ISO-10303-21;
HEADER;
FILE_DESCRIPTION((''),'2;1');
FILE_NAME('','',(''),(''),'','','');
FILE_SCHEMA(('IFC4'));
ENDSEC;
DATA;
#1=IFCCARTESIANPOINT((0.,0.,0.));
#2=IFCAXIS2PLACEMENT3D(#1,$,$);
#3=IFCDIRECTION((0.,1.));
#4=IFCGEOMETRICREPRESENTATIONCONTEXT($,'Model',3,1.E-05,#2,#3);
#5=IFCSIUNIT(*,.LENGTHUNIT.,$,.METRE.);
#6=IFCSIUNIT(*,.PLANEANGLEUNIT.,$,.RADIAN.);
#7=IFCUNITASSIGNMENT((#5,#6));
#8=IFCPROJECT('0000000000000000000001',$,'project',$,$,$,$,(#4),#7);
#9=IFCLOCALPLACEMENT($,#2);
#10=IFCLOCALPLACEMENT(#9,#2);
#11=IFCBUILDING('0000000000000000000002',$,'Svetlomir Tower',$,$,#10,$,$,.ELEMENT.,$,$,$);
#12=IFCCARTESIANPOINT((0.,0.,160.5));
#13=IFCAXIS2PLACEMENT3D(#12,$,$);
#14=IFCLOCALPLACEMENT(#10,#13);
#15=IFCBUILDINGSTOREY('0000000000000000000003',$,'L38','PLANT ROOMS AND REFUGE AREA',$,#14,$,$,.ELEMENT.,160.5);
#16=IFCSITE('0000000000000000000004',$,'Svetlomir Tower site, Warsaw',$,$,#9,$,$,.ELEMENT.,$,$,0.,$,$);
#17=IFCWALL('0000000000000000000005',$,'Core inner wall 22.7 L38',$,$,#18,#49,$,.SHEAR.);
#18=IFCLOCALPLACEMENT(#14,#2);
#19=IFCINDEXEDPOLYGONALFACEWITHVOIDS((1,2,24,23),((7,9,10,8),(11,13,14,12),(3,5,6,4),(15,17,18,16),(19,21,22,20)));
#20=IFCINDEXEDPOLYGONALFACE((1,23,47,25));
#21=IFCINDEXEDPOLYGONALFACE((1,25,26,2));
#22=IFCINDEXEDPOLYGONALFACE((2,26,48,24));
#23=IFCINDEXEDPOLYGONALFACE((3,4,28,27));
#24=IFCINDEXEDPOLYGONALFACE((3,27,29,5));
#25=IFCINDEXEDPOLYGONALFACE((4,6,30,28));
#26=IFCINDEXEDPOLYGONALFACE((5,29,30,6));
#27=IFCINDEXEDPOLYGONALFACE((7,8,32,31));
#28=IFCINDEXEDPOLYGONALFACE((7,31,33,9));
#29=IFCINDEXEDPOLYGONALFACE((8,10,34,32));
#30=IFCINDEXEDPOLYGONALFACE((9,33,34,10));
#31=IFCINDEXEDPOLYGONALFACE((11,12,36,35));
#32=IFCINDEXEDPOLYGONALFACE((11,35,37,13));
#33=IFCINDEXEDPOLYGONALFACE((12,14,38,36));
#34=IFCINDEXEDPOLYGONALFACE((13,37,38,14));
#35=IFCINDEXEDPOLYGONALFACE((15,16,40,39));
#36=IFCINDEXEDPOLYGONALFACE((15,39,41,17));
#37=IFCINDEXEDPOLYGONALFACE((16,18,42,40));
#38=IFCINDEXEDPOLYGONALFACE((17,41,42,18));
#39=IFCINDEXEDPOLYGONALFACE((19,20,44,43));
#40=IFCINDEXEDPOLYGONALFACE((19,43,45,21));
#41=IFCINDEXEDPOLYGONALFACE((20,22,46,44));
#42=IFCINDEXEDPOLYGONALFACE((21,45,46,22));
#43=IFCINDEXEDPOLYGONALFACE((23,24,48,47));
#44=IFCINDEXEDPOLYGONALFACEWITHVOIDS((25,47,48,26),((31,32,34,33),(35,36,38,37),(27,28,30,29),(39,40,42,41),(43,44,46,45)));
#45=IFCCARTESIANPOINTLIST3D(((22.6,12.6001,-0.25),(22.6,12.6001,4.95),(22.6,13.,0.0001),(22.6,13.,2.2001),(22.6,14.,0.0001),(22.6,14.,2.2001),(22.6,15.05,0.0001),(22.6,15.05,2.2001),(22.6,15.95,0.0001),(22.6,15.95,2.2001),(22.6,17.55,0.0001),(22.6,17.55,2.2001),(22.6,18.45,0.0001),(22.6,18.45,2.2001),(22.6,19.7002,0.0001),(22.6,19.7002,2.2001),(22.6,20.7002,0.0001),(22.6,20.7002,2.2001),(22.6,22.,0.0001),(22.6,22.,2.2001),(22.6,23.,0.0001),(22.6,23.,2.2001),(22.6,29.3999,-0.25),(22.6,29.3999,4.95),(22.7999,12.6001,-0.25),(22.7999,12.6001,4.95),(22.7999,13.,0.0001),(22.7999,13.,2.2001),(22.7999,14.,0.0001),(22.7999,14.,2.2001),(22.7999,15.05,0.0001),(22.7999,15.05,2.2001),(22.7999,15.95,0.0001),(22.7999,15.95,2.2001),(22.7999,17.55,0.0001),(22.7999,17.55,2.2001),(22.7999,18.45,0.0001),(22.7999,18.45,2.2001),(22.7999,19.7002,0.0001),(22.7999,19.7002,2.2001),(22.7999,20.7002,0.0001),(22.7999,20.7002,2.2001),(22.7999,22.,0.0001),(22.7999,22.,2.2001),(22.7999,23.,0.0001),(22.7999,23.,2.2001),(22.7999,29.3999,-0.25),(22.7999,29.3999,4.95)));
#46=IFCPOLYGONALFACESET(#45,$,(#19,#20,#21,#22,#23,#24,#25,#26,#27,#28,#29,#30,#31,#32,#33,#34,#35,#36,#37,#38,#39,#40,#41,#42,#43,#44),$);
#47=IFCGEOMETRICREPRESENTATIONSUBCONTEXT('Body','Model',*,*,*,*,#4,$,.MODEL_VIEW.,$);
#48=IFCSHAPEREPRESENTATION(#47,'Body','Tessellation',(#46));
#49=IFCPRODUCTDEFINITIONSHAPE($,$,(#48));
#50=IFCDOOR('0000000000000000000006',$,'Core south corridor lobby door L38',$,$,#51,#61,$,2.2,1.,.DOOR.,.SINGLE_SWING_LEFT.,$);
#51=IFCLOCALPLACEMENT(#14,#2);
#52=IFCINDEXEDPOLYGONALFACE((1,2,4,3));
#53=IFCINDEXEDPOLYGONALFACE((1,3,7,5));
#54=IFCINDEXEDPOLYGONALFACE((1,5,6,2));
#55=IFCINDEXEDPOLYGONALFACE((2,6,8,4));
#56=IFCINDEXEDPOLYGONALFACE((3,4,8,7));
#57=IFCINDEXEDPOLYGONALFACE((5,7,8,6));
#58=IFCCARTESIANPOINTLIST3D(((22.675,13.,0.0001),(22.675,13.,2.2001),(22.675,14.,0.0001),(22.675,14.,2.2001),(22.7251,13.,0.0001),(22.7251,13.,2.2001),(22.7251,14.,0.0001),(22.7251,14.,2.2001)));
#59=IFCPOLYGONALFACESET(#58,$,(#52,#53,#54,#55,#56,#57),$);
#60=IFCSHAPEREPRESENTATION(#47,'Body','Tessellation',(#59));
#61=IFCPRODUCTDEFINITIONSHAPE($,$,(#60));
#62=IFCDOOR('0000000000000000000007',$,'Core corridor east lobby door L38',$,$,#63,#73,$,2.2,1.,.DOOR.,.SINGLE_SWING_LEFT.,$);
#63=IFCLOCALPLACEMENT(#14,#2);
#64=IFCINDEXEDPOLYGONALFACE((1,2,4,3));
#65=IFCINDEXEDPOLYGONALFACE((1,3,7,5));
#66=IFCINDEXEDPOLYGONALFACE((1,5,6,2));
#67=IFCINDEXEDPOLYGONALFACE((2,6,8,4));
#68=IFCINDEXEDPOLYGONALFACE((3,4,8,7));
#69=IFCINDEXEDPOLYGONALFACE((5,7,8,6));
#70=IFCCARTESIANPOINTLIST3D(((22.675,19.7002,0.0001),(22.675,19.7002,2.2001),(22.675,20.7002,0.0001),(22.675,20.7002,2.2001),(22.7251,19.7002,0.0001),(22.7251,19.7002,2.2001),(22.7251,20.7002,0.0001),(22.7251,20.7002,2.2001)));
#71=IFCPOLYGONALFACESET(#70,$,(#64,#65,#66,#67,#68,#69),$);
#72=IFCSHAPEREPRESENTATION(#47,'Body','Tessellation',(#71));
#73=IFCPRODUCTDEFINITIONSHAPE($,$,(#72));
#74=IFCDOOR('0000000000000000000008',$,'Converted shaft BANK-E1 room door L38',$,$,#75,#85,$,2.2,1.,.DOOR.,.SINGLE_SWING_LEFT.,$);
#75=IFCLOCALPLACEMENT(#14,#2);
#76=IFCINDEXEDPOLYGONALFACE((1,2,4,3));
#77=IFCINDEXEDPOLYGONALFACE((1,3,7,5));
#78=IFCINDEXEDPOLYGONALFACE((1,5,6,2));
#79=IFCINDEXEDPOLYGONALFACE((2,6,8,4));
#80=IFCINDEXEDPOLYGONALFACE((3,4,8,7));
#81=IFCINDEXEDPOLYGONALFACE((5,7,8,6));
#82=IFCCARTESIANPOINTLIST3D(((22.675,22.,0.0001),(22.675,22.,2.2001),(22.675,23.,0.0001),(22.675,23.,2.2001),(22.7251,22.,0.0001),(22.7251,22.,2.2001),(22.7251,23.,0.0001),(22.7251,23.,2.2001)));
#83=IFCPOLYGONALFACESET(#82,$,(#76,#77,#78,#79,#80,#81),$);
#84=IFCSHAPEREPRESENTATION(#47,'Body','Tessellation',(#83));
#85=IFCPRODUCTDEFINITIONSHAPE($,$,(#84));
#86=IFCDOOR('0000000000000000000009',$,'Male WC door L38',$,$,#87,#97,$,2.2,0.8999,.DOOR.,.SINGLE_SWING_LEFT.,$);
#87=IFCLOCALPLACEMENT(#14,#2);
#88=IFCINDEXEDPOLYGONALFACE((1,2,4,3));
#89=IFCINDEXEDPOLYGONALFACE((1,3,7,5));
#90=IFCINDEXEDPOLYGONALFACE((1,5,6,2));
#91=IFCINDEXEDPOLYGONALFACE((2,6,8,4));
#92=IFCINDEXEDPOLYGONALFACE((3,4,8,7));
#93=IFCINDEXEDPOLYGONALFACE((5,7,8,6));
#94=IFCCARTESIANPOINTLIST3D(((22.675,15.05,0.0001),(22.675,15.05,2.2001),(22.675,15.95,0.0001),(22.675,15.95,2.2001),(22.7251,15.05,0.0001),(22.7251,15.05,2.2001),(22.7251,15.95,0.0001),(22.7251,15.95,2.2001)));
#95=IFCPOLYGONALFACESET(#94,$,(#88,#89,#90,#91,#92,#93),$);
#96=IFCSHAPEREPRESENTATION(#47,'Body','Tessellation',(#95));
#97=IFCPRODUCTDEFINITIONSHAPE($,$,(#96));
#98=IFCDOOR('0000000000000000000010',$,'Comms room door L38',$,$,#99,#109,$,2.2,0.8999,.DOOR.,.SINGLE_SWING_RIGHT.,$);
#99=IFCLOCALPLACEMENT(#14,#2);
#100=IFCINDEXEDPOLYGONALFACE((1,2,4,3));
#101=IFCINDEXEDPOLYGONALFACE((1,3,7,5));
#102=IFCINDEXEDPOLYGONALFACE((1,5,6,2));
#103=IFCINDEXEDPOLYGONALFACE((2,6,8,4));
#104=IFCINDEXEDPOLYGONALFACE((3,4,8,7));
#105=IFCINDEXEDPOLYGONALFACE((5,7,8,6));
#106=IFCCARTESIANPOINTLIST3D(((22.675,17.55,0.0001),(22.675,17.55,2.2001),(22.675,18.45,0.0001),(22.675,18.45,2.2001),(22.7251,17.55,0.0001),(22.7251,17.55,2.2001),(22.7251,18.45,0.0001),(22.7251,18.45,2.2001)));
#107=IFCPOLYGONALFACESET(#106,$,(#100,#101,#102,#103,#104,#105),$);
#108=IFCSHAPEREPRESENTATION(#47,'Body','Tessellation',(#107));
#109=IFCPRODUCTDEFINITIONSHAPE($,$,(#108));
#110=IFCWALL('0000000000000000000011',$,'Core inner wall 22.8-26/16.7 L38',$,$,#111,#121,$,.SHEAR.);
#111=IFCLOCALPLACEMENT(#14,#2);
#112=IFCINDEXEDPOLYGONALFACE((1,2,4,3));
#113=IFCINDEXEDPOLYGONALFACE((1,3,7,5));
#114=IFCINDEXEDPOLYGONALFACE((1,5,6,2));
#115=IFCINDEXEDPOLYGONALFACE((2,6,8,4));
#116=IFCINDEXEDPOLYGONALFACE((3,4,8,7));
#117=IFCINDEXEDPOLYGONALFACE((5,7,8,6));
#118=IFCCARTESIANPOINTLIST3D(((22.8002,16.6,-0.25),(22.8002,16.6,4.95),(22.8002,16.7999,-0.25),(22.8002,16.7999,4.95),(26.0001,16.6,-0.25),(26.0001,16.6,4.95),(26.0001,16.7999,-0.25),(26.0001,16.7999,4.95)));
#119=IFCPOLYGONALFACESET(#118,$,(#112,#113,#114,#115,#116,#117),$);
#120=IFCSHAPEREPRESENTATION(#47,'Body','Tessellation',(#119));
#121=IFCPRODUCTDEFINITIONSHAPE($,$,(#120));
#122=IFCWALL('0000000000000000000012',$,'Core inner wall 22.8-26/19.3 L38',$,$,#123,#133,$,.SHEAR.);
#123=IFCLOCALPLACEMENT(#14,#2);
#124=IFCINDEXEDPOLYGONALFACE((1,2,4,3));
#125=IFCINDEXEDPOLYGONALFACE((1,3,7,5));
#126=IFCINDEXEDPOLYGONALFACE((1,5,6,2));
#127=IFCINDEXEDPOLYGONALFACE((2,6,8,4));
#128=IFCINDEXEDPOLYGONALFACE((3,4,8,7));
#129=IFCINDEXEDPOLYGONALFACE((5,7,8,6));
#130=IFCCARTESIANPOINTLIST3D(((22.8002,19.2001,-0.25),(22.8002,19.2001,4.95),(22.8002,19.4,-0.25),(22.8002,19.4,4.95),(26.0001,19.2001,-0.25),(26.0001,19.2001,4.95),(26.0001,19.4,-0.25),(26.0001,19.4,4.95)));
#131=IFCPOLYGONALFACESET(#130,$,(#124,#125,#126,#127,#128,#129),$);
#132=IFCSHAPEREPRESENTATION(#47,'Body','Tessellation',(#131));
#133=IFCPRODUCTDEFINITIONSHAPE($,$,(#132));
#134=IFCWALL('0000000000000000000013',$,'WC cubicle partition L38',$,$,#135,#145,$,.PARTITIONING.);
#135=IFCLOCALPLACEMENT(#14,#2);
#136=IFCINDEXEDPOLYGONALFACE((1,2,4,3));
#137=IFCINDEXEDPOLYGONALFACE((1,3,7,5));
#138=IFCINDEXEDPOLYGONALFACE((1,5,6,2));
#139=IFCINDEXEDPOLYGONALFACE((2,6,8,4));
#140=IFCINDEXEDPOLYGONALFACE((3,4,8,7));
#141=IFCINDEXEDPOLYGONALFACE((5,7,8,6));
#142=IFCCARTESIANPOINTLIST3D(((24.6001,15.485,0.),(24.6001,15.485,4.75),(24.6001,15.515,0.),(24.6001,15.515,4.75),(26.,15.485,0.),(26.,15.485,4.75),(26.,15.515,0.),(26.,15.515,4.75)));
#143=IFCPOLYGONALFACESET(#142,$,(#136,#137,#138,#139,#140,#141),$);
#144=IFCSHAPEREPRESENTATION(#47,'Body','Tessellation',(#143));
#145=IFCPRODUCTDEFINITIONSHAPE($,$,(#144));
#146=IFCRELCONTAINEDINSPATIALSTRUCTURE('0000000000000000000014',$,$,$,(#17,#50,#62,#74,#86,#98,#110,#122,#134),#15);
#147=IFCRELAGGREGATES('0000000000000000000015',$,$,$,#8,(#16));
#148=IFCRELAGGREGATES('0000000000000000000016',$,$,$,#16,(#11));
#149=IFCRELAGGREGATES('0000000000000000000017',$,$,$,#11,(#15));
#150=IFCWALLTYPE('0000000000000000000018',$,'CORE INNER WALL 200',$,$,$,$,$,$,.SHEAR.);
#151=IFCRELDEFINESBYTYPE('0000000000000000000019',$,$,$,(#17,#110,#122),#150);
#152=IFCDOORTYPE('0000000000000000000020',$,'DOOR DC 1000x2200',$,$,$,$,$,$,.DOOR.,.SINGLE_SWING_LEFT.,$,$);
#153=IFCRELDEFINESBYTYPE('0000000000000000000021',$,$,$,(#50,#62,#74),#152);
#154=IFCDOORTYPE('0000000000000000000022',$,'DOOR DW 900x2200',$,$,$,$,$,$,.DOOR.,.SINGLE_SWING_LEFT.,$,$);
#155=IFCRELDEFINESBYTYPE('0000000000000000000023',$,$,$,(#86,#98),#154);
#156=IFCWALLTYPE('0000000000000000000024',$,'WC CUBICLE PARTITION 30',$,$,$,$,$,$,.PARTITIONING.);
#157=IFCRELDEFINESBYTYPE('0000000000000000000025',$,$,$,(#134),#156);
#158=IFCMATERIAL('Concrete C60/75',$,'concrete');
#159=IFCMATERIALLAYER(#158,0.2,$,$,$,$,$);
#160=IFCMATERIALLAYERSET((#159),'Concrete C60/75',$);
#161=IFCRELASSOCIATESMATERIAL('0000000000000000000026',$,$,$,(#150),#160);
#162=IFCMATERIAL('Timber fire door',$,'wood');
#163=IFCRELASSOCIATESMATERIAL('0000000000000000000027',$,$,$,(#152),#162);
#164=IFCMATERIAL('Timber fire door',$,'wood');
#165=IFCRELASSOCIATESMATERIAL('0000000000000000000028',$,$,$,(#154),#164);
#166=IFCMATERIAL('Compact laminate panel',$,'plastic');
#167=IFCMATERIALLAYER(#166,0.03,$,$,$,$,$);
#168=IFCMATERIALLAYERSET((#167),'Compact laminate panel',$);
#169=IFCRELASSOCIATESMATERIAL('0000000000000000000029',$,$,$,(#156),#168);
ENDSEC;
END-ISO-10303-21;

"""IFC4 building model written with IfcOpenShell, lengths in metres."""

from ifc_helpers import new_model, si_unit, direction, frame, frame_2d, origin, place, context, subcontext, project, spatial, rectangle, extrude, material, layer, layer_set, type_object, element, fill, save


model = new_model("IFC4")

# Units and contexts
model_context = context("Model", 3, precision=1e-05, world=origin(), true_north=direction((0.0, 1.0)))
body_context = subcontext(model_context, "Body", "Model", "MODEL_VIEW")
ifc_project = project(units=[si_unit("LENGTHUNIT", "METRE"), si_unit("PLANEANGLEUNIT", "RADIAN")], contexts=[model_context])

# Site, building, storey
site_placement = place(None, origin())
site = spatial("IfcSite", under=ifc_project, at=site_placement, Name="Svetlomir Tower site, Warsaw", CompositionType="ELEMENT", RefElevation=0.0)
building_placement = place(site_placement, origin())
building = spatial("IfcBuilding", under=site, at=building_placement, Name="Svetlomir Tower", CompositionType="ELEMENT")
storey_placement = place(building_placement, frame((0.0, 0.0, 160.5)))
storey = spatial("IfcBuildingStorey", under=building, at=storey_placement, Name="L38", Description="PLANT ROOMS AND REFUGE AREA", CompositionType="ELEMENT", Elevation=160.5)

# Wall, openings, doors
ifc_material_1 = material(Name="Concrete C60/75", Category="concrete")
ifc_layer_1 = layer(ifc_material_1, 0.2)
ifc_layer_set_1 = layer_set([ifc_layer_1], Name="Concrete C60/75")
wall_type_1 = type_object("IfcWallType", Name="CORE INNER WALL 200", PredefinedType="SHEAR", material=ifc_layer_set_1)
ifc_material_2 = material(Name="Timber fire door", Category="wood")
door_type_1 = type_object("IfcDoorType", Name="DOOR DC 1000x2200", OperationType="SINGLE_SWING_LEFT", PredefinedType="DOOR", material=ifc_material_2)
ifc_material_3 = material(Name="Timber fire door", Category="wood")
door_type_2 = type_object("IfcDoorType", Name="DOOR DW 900x2200", OperationType="SINGLE_SWING_LEFT", PredefinedType="DOOR", material=ifc_material_3)
wall_1_placement = place(storey_placement, frame((22.7, 12.6001, -0.25), z_axis=(0.0, 0.0, 1.0), x_axis=(0.0, 1.0, 0.0)))
wall_1 = element("IfcWall", 1, at=wall_1_placement, inside=storey, type_object=wall_type_1, Name="Core inner wall 22.7 L38", PredefinedType="SHEAR", context=body_context, shape_type="SweptSolid", body=[
    extrude(rectangle(XDim=16.7998, YDim=0.2, at=frame_2d((8.3999, 0.0))), origin(), (0.0, 0.0, 1.0), 5.2),
])
opening_1_placement = place(wall_1_placement, frame((0.3999, 0.0, 0.25)))
opening_1 = element("IfcOpeningElement", 2, at=opening_1_placement, cuts=wall_1, PredefinedType="OPENING", context=body_context, shape_type="SweptSolid", body=[
    extrude(rectangle(XDim=1.0, YDim=2.2, at=frame_2d((0.5, 1.1001))), frame((0.0, 0.1099, 0.0), z_axis=(0.0, -1.0, 0.0), x_axis=(1.0, 0.0, 0.0)), (0.0, 0.0, 1.0), 0.22),
])
opening_2_placement = place(wall_1_placement, frame((7.1001, 0.0, 0.25)))
opening_2 = element("IfcOpeningElement", 3, at=opening_2_placement, cuts=wall_1, PredefinedType="OPENING", context=body_context, shape_type="SweptSolid", body=[
    extrude(rectangle(XDim=1.0, YDim=2.2, at=frame_2d((0.5, 1.1001))), frame((0.0, 0.1099, 0.0), z_axis=(0.0, -1.0, 0.0), x_axis=(1.0, 0.0, 0.0)), (0.0, 0.0, 1.0), 0.22),
])
opening_3_placement = place(wall_1_placement, frame((2.45, 0.0, 0.25)))
opening_3 = element("IfcOpeningElement", 4, at=opening_3_placement, cuts=wall_1, PredefinedType="OPENING", context=body_context, shape_type="SweptSolid", body=[
    extrude(rectangle(XDim=0.8999, YDim=2.2, at=frame_2d((0.45, 1.1001))), frame((0.0, 0.1099, 0.0), z_axis=(0.0, -1.0, 0.0), x_axis=(1.0, 0.0, 0.0)), (0.0, 0.0, 1.0), 0.22),
])
opening_4_placement = place(wall_1_placement, frame((4.95, 0.0, 0.25)))
opening_4 = element("IfcOpeningElement", 5, at=opening_4_placement, cuts=wall_1, PredefinedType="OPENING", context=body_context, shape_type="SweptSolid", body=[
    extrude(rectangle(XDim=0.8999, YDim=2.2, at=frame_2d((0.45, 1.1001))), frame((0.0, 0.1099, 0.0), z_axis=(0.0, -1.0, 0.0), x_axis=(1.0, 0.0, 0.0)), (0.0, 0.0, 1.0), 0.22),
])
opening_5_placement = place(wall_1_placement, frame((9.3999, 0.0, 0.25)))
opening_5 = element("IfcOpeningElement", 6, at=opening_5_placement, cuts=wall_1, PredefinedType="OPENING", context=body_context, shape_type="SweptSolid", body=[
    extrude(rectangle(XDim=1.0, YDim=2.2, at=frame_2d((0.5, 1.1001))), frame((0.0, 0.1099, 0.0), z_axis=(0.0, -1.0, 0.0), x_axis=(1.0, 0.0, 0.0)), (0.0, 0.0, 1.0), 0.22),
])
door_1_placement = place(opening_1_placement, origin())
door_1 = element("IfcDoor", 7, at=door_1_placement, inside=storey, type_object=door_type_1, Name="Core south corridor lobby door L38", OperationType="SINGLE_SWING_LEFT", OverallHeight=2.2, OverallWidth=1.0, PredefinedType="DOOR", context=body_context, shape_type="SweptSolid", body=[
    extrude(rectangle(XDim=1.0, YDim=2.2, at=frame_2d((0.5, 1.1001))), frame((0.0, 0.0249, 0.0), z_axis=(0.0, -1.0, 0.0), x_axis=(1.0, 0.0, 0.0)), (0.0, 0.0, 1.0), 0.05),
])
fill(opening_1, door_1)
door_2_placement = place(opening_2_placement, origin())
door_2 = element("IfcDoor", 8, at=door_2_placement, inside=storey, type_object=door_type_1, Name="Core corridor east lobby door L38", OperationType="SINGLE_SWING_LEFT", OverallHeight=2.2, OverallWidth=1.0, PredefinedType="DOOR", context=body_context, shape_type="SweptSolid", body=[
    extrude(rectangle(XDim=1.0, YDim=2.2, at=frame_2d((0.5, 1.1001))), frame((0.0, 0.0249, 0.0), z_axis=(0.0, -1.0, 0.0), x_axis=(1.0, 0.0, 0.0)), (0.0, 0.0, 1.0), 0.05),
])
fill(opening_2, door_2)
door_3_placement = place(opening_5_placement, origin())
door_3 = element("IfcDoor", 9, at=door_3_placement, inside=storey, type_object=door_type_1, Name="Converted shaft BANK-E1 room door L38", OperationType="SINGLE_SWING_LEFT", OverallHeight=2.2, OverallWidth=1.0, PredefinedType="DOOR", context=body_context, shape_type="SweptSolid", body=[
    extrude(rectangle(XDim=1.0, YDim=2.2, at=frame_2d((0.5, 1.1001))), frame((0.0, 0.0249, 0.0), z_axis=(0.0, -1.0, 0.0), x_axis=(1.0, 0.0, 0.0)), (0.0, 0.0, 1.0), 0.05),
])
fill(opening_5, door_3)
door_4_placement = place(opening_3_placement, origin())
door_4 = element("IfcDoor", 10, at=door_4_placement, inside=storey, type_object=door_type_2, Name="Male WC door L38", OperationType="SINGLE_SWING_LEFT", OverallHeight=2.2, OverallWidth=0.8999, PredefinedType="DOOR", context=body_context, shape_type="SweptSolid", body=[
    extrude(rectangle(XDim=0.8999, YDim=2.2, at=frame_2d((0.45, 1.1001))), frame((0.0, 0.0249, 0.0), z_axis=(0.0, -1.0, 0.0), x_axis=(1.0, 0.0, 0.0)), (0.0, 0.0, 1.0), 0.05),
])
fill(opening_3, door_4)
door_5_placement = place(opening_4_placement, origin())
door_5 = element("IfcDoor", 11, at=door_5_placement, inside=storey, type_object=door_type_2, Name="Comms room door L38", OperationType="SINGLE_SWING_RIGHT", OverallHeight=2.2, OverallWidth=0.8999, PredefinedType="DOOR", context=body_context, shape_type="SweptSolid", body=[
    extrude(rectangle(XDim=0.8999, YDim=2.2, at=frame_2d((0.45, 1.1001))), frame((0.0, 0.0249, 0.0), z_axis=(0.0, -1.0, 0.0), x_axis=(1.0, 0.0, 0.0)), (0.0, 0.0, 1.0), 0.05),
])
fill(opening_4, door_5)

# Walls
for number, where, z_axis, x_axis, name in (
    (12, (22.8, 16.7, -0.25), (0.0, 0.0, 1.0), (1.0, 0.0, 0.0), "Core inner wall 22.8-26/16.7 L38"),
    (13, (22.8, 19.3, -0.25), (0.0, 0.0, 1.0), (1.0, 0.0, 0.0), "Core inner wall 22.8-26/19.3 L38"),
):
    element("IfcWall", number, at=place(storey_placement, frame(where, z_axis=z_axis, x_axis=x_axis)), inside=storey, type_object=wall_type_1, Name=name, PredefinedType="SHEAR", context=body_context, shape_type="SweptSolid", body=[
        extrude(rectangle(XDim=3.2, YDim=0.2, at=frame_2d((1.6001, 0.0))), origin(), (0.0, 0.0, 1.0), 5.2),
    ])
ifc_material_4 = material(Name="Compact laminate panel", Category="plastic")
ifc_layer_2 = layer(ifc_material_4, 0.03)
ifc_layer_set_2 = layer_set([ifc_layer_2], Name="Compact laminate panel")
wall_type_2 = type_object("IfcWallType", Name="WC CUBICLE PARTITION 30", PredefinedType="PARTITIONING", material=ifc_layer_set_2)
wall_2_placement = place(storey_placement, frame((24.6001, 15.5, 0.0), z_axis=(0.0, 0.0, 1.0), x_axis=(1.0, 0.0, 0.0)))
element("IfcWall", 14, at=wall_2_placement, inside=storey, type_object=wall_type_2, Name="WC cubicle partition L38", PredefinedType="PARTITIONING", context=body_context, shape_type="SweptSolid", body=[
    extrude(rectangle(XDim=1.3999, YDim=0.03, at=frame_2d((0.7, 0.0))), origin(), (0.0, 0.0, 1.0), 4.75),
])

save(model, "model.ifc")
